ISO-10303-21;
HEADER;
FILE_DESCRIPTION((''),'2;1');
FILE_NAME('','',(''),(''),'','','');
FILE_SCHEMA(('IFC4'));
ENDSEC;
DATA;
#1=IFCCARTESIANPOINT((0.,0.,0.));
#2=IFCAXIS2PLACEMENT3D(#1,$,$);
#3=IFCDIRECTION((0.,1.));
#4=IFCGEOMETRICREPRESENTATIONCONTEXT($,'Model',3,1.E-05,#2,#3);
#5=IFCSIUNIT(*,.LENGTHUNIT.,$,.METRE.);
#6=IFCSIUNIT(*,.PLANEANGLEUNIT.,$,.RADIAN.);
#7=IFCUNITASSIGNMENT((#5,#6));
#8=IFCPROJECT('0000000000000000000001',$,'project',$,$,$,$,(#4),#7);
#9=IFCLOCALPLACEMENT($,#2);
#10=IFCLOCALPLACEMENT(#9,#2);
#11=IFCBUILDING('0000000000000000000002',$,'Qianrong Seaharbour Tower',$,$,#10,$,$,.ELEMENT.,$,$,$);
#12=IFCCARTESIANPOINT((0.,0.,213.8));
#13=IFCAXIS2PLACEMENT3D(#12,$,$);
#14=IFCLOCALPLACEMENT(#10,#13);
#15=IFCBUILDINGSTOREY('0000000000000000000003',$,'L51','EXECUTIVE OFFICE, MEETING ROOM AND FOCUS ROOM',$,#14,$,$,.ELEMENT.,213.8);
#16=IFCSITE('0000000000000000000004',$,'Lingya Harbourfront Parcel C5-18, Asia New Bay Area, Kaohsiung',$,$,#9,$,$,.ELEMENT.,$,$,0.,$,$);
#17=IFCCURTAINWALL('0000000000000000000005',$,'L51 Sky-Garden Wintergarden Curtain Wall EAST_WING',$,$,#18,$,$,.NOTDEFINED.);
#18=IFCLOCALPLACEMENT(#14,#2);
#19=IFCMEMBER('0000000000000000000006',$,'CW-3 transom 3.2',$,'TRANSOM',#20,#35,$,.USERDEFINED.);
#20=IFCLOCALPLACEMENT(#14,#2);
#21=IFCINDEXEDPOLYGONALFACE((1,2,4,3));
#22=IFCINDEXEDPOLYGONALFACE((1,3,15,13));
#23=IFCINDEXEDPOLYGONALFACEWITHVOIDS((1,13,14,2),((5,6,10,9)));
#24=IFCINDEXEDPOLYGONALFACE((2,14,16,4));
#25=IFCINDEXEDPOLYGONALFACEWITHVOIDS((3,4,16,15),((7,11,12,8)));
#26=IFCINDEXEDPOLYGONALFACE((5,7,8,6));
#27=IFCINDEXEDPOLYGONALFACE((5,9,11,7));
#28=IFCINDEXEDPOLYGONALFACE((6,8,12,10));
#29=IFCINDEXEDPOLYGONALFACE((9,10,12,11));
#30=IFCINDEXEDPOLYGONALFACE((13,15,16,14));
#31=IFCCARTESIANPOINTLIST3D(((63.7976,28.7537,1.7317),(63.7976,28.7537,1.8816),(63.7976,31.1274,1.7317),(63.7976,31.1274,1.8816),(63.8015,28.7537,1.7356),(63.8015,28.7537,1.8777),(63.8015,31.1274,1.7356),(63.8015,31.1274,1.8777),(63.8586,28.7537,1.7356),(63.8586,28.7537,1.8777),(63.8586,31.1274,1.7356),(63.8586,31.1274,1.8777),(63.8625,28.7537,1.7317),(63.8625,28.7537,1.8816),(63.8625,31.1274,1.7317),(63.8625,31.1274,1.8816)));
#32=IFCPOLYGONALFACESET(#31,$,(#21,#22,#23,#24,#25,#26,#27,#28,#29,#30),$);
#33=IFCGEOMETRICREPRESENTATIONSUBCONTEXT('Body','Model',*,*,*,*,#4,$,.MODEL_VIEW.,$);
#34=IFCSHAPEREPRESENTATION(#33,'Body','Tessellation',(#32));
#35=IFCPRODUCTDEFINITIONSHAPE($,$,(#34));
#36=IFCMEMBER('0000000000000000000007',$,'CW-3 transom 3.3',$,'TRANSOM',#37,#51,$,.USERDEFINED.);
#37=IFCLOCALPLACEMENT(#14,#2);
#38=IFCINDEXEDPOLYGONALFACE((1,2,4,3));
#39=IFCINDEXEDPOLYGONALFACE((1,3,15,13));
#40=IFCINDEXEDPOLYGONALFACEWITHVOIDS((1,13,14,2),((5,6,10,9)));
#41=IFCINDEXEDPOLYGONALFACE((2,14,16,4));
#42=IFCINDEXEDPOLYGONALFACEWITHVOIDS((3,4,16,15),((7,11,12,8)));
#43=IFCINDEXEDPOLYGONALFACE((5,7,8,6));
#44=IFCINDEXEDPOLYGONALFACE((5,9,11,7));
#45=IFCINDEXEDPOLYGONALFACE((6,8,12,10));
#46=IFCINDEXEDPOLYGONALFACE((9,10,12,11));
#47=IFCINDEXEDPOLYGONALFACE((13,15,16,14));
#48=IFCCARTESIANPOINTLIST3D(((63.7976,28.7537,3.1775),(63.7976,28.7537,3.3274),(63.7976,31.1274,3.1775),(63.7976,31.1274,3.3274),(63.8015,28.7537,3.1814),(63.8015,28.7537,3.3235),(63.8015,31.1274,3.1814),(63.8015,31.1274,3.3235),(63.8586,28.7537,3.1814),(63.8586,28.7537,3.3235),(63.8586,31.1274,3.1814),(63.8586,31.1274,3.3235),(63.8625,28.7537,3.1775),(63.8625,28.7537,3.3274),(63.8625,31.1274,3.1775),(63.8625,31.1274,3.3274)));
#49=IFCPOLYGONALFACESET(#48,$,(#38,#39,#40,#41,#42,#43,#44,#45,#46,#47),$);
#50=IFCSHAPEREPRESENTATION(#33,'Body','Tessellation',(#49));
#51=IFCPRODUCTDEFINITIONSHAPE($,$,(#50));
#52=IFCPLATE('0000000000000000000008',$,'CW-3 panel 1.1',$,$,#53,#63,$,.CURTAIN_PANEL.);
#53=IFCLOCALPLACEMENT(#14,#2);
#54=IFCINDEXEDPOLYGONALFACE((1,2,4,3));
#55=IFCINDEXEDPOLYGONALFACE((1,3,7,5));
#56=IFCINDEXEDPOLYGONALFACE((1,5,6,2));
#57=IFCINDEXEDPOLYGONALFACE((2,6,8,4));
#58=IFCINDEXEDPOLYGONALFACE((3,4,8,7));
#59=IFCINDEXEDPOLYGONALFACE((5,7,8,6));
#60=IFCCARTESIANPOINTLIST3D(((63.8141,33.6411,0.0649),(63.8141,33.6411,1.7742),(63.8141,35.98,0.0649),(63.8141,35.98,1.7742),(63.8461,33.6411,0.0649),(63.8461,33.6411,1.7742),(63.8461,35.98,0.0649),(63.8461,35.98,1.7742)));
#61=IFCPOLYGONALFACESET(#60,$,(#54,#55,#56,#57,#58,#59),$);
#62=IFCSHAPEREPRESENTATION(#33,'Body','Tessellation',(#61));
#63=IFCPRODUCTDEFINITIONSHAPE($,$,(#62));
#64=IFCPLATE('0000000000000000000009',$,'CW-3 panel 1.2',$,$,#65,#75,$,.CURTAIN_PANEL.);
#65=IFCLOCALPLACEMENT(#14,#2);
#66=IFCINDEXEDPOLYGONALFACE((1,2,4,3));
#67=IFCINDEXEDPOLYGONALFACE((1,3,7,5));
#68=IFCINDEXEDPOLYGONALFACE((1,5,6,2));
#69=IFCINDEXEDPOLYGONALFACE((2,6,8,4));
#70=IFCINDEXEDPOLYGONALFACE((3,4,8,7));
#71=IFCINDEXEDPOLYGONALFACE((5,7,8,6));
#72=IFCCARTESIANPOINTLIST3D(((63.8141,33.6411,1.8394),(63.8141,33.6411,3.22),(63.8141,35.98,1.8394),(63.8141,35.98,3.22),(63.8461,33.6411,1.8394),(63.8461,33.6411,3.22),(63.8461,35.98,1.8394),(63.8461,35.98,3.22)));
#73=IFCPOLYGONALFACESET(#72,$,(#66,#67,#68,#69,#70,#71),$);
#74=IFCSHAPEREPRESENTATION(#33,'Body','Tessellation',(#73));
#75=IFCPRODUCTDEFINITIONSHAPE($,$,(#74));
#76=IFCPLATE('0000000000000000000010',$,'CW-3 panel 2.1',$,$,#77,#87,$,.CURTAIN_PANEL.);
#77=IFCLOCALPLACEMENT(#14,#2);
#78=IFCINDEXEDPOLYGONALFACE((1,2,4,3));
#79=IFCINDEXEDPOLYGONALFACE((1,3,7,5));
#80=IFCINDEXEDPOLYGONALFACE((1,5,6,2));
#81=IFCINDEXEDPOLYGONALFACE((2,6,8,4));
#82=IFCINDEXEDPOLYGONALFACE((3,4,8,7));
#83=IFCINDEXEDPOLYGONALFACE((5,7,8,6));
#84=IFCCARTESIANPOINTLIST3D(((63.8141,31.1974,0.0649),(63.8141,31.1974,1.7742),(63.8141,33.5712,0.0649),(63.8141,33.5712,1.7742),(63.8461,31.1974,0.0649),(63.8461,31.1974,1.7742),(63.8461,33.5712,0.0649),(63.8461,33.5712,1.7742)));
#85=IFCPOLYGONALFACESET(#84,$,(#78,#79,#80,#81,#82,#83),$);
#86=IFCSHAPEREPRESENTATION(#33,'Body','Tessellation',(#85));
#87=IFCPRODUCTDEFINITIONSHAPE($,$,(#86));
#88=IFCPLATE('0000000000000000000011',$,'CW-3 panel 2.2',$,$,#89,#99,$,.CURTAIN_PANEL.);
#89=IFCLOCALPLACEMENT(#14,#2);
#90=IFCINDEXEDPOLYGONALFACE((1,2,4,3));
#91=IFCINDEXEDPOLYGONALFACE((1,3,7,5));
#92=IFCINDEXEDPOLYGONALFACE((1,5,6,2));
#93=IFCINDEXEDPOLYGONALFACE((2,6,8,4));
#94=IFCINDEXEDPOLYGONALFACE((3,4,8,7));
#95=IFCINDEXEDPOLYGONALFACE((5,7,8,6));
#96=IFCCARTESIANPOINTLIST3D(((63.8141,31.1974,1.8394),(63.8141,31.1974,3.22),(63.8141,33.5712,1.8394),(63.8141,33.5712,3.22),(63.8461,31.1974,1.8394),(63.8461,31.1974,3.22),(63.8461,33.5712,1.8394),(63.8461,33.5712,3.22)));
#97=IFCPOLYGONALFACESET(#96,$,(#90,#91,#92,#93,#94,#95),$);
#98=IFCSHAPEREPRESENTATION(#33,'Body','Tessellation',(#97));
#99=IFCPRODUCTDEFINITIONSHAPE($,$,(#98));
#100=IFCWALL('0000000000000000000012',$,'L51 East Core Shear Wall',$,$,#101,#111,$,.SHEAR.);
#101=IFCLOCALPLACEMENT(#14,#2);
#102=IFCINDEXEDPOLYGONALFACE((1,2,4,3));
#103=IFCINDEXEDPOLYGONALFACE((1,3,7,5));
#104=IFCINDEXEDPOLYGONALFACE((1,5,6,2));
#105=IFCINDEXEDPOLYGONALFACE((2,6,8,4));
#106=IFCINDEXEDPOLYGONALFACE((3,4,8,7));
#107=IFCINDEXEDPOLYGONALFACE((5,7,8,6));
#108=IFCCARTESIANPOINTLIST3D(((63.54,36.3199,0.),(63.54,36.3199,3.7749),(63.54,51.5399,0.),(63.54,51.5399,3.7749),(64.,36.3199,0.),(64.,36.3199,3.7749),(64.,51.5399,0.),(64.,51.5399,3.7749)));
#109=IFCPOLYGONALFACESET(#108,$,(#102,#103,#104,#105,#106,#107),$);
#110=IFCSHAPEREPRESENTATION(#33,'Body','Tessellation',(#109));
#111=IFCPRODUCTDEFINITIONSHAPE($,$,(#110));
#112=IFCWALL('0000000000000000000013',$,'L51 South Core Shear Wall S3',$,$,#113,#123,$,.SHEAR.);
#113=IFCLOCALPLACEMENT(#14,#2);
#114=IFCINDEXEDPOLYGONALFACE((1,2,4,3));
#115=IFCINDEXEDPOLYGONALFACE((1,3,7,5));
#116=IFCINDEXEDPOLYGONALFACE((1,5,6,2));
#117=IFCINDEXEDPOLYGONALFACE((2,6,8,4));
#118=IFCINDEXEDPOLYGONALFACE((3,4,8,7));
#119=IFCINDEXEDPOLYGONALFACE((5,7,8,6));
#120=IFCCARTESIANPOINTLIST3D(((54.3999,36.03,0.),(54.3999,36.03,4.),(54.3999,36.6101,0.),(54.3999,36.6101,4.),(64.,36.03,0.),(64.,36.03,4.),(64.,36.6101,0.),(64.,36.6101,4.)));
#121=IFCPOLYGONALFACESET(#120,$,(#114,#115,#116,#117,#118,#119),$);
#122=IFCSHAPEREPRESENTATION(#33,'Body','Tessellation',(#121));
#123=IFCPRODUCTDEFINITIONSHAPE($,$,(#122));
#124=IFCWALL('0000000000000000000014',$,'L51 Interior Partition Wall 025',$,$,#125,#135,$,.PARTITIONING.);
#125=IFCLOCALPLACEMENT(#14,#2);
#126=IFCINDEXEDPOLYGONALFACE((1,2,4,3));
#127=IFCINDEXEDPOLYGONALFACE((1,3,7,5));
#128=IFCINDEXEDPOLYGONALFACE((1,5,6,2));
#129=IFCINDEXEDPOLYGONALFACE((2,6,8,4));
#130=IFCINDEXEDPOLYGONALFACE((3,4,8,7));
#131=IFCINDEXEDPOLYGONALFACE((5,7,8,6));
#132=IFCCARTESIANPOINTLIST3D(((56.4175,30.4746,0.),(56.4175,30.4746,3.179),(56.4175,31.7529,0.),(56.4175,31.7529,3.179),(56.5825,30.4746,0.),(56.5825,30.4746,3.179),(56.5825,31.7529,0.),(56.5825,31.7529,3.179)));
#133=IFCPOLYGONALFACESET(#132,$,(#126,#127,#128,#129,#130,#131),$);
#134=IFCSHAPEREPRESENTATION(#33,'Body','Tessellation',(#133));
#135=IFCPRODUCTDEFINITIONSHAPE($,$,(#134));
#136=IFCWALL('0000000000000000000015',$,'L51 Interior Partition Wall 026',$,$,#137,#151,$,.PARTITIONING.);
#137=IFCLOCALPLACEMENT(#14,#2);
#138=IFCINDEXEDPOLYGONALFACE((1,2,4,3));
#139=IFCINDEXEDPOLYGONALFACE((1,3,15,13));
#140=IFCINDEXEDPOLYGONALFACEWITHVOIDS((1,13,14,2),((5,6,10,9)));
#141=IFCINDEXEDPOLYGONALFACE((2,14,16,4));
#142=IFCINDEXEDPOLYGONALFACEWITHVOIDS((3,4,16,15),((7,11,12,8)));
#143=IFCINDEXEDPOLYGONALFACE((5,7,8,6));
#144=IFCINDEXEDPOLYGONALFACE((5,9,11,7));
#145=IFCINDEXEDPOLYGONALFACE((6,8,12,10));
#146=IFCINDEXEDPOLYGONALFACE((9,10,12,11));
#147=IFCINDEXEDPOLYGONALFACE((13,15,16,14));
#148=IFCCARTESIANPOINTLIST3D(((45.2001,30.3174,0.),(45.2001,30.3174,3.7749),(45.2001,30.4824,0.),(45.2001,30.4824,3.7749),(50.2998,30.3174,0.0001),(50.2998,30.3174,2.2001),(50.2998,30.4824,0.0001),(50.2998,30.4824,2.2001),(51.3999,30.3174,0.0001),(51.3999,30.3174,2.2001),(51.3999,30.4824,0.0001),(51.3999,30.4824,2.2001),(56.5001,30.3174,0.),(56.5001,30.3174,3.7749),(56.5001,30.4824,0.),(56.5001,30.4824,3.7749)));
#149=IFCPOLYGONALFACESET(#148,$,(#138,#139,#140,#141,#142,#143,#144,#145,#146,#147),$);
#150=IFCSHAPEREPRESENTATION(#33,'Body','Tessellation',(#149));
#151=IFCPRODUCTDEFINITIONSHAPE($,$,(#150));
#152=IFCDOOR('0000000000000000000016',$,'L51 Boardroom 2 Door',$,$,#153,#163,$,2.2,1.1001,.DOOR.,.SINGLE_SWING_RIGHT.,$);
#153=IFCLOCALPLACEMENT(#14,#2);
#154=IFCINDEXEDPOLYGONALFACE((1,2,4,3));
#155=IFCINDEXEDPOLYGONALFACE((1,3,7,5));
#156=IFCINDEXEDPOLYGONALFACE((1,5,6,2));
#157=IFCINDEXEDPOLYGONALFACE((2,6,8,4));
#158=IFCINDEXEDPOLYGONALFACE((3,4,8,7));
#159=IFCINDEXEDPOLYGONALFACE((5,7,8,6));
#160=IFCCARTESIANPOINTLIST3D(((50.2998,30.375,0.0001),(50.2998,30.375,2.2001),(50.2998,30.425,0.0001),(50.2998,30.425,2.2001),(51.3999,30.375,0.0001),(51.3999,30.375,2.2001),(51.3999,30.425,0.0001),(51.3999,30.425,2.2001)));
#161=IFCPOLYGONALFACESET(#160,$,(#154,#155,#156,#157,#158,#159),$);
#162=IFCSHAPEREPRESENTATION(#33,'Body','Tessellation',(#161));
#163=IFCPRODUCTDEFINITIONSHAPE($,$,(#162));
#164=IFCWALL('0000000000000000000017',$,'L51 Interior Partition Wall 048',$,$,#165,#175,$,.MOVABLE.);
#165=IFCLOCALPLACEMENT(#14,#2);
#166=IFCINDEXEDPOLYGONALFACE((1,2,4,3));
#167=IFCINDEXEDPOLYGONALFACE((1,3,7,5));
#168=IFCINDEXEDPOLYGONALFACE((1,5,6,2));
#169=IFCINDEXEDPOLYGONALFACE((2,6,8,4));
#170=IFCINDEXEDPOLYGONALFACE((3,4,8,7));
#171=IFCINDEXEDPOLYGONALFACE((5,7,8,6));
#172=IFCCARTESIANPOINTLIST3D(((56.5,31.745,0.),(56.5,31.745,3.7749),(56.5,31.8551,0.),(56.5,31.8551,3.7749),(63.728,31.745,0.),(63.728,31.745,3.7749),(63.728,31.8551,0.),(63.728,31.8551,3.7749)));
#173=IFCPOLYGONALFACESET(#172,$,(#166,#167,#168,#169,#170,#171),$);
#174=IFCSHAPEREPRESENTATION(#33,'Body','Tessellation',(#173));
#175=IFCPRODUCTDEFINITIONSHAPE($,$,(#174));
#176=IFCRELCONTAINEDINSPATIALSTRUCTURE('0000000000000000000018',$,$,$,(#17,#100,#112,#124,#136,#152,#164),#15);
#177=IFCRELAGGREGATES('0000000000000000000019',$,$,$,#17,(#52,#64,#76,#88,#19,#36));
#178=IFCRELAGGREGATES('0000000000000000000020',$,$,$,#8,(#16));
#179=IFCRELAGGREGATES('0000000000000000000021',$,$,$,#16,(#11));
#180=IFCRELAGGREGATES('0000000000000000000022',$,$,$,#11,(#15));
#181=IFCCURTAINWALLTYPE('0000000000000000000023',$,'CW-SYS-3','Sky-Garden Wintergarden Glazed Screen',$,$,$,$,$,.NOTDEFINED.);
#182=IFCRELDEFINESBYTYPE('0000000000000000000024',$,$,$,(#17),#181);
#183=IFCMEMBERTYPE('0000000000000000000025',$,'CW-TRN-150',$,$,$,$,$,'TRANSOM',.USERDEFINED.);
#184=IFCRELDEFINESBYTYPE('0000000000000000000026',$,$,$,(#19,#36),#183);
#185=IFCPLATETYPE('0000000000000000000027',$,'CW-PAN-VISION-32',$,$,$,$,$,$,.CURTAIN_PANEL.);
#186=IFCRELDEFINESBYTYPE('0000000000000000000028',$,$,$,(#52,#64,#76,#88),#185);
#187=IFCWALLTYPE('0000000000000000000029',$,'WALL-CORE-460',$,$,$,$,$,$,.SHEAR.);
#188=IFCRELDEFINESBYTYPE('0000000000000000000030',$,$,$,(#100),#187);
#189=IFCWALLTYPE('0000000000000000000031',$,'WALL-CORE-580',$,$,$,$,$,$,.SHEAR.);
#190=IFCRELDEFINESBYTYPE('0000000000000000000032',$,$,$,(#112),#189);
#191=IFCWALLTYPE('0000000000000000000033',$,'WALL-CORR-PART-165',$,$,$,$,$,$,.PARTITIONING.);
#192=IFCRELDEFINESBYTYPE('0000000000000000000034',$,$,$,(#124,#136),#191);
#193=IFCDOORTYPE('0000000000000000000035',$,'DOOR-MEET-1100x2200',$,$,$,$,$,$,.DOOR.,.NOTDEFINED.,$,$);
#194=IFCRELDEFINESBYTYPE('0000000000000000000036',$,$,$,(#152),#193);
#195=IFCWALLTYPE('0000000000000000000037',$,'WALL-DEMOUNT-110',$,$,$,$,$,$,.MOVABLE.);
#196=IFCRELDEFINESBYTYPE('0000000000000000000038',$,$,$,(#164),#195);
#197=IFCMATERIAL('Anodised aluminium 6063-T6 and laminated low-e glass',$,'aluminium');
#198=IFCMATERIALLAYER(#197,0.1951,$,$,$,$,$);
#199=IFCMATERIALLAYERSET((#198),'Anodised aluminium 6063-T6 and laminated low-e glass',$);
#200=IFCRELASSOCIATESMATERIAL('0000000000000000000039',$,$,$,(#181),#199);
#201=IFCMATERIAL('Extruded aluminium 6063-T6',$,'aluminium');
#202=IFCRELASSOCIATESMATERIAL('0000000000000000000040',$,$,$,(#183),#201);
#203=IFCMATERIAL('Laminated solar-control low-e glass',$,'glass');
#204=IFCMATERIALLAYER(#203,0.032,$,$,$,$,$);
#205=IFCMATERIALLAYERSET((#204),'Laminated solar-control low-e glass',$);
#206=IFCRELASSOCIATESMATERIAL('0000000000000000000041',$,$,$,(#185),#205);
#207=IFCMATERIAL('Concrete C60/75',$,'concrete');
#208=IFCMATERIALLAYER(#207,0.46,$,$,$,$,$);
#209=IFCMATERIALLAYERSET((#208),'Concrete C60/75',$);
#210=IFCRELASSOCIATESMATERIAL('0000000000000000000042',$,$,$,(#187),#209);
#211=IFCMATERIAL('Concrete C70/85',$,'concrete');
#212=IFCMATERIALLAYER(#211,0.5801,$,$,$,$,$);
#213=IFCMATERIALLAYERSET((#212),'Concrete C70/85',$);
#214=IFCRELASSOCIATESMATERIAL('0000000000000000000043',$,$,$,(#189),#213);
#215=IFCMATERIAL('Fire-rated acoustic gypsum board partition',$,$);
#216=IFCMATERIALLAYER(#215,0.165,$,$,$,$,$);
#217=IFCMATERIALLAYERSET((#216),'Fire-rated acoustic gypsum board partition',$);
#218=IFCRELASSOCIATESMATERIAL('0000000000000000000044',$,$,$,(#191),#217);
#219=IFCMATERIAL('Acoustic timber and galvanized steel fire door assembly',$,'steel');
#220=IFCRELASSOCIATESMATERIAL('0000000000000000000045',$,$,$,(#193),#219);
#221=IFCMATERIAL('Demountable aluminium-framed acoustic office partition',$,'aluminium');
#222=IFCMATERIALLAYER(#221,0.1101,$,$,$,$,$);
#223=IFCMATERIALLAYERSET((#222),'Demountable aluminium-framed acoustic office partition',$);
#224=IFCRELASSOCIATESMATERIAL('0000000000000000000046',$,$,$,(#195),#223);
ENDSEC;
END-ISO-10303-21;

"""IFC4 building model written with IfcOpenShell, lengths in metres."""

from ifc_helpers import new_model, si_unit, direction, frame, frame_2d, origin, origin_2d, place, context, subcontext, project, spatial, rectangle, hollow_rectangle, extrude, material, layer, layer_set, material_profile, profile_set, type_object, element, fill, aggregate, save


model = new_model("IFC4")

# Units and contexts
model_context = context("Model", 3, precision=1e-05, world=origin(), true_north=direction((0.0, 1.0)))
body_context = subcontext(model_context, "Body", "Model", "MODEL_VIEW")
ifc_project = project(units=[si_unit("LENGTHUNIT", "METRE"), si_unit("PLANEANGLEUNIT", "RADIAN")], contexts=[model_context])

# Site, building, storey
site_placement = place(None, origin())
site = spatial("IfcSite", under=ifc_project, at=site_placement, Name="Lingya Harbourfront Parcel C5-18, Asia New Bay Area, Kaohsiung", CompositionType="ELEMENT", RefElevation=0.0)
building_placement = place(site_placement, origin())
building = spatial("IfcBuilding", under=site, at=building_placement, Name="Qianrong Seaharbour Tower", CompositionType="ELEMENT")
storey_placement = place(building_placement, frame((0.0, 0.0, 213.8)))
storey = spatial("IfcBuildingStorey", under=building, at=storey_placement, Name="L51", Description="EXECUTIVE OFFICE, MEETING ROOM AND FOCUS ROOM", CompositionType="ELEMENT", Elevation=213.8)

# Shared definitions
ifc_material_1 = material(Name="Concrete C60/75", Category="concrete")

# Curtain wall, members, plates
ifc_material_2 = material(Name="Anodised aluminium 6063-T6 and laminated low-e glass", Category="aluminium")
ifc_layer_1 = layer(ifc_material_2, 0.1951)
ifc_layer_set_1 = layer_set([ifc_layer_1], Name="Anodised aluminium 6063-T6 and laminated low-e glass")
curtain_wall_type = type_object("IfcCurtainWallType", Name="CW-SYS-3", Description="Sky-Garden Wintergarden Glazed Screen", PredefinedType="NOTDEFINED", material=ifc_layer_set_1)
curtain_wall_placement = place(storey_placement, origin())
curtain_wall = element("IfcCurtainWall", 1, at=curtain_wall_placement, inside=storey, type_object=curtain_wall_type, Name="L51 Sky-Garden Wintergarden Curtain Wall EAST_WING", PredefinedType="NOTDEFINED")
ifc_material_3 = material(Name="Extruded aluminium 6063-T6", Category="aluminium")
ifc_material_profile_1 = material_profile(ifc_material_3, hollow_rectangle(XDim=0.0649, YDim=0.1499, WallThickness=0.0039, at=origin_2d()), Name="ALU-TRN-150x65x4")
ifc_profile_set_1 = profile_set([ifc_material_profile_1], Name="Extruded aluminium 6063-T6")
member_type_1 = type_object("IfcMemberType", Name="CW-TRN-150", ElementType="TRANSOM", PredefinedType="USERDEFINED", material=ifc_profile_set_1)
member_1_placement = place(storey_placement, frame((63.8301, 31.1274, 1.8066), z_axis=(0.0, -1.0, 0.0), x_axis=(1.0, 0.0, 0.0)))
member_1 = element("IfcMember", 2, at=member_1_placement, type_object=member_type_1, Name="CW-3 transom 3.2", ObjectType="TRANSOM", PredefinedType="USERDEFINED", context=body_context, shape_type="SweptSolid", body=[
    extrude(hollow_rectangle(XDim=0.0649, YDim=0.1499, WallThickness=0.0039, at=origin_2d()), origin(), (0.0, 0.0, 1.0), 2.3738),
])
member_2_placement = place(storey_placement, frame((63.8301, 31.1274, 3.2524), z_axis=(0.0, -1.0, 0.0), x_axis=(1.0, 0.0, 0.0)))
member_2 = element("IfcMember", 3, at=member_2_placement, type_object=member_type_1, Name="CW-3 transom 3.3", ObjectType="TRANSOM", PredefinedType="USERDEFINED", context=body_context, shape_type="SweptSolid", body=[
    extrude(hollow_rectangle(XDim=0.0649, YDim=0.1499, WallThickness=0.0039, at=origin_2d()), origin(), (0.0, 0.0, 1.0), 2.3738),
])
ifc_material_4 = material(Name="Laminated solar-control low-e glass", Category="glass")
ifc_layer_2 = layer(ifc_material_4, 0.032)
ifc_layer_set_2 = layer_set([ifc_layer_2], Name="Laminated solar-control low-e glass")
plate_type = type_object("IfcPlateType", Name="CW-PAN-VISION-32", PredefinedType="CURTAIN_PANEL", material=ifc_layer_set_2)
plate_1_placement = place(storey_placement, frame((63.8301, 34.8105, 0.0649), z_axis=(0.0, 0.0, 1.0), x_axis=(0.0, -1.0, 0.0)))
plate_1 = element("IfcPlate", 4, at=plate_1_placement, type_object=plate_type, Name="CW-3 panel 1.1", PredefinedType="CURTAIN_PANEL", context=body_context, shape_type="SweptSolid", body=[
    extrude(rectangle(XDim=2.3389, YDim=0.032, at=origin_2d()), origin(), (0.0, 0.0, 1.0), 1.7092),
])
plate_2_placement = place(storey_placement, frame((63.8301, 34.8105, 1.8394), z_axis=(0.0, 0.0, 1.0), x_axis=(0.0, -1.0, 0.0)))
plate_2 = element("IfcPlate", 5, at=plate_2_placement, type_object=plate_type, Name="CW-3 panel 1.2", PredefinedType="CURTAIN_PANEL", context=body_context, shape_type="SweptSolid", body=[
    extrude(rectangle(XDim=2.3389, YDim=0.032, at=origin_2d()), origin(), (0.0, 0.0, 1.0), 1.3806),
])
plate_3_placement = place(storey_placement, frame((63.8301, 32.3843, 0.0649), z_axis=(0.0, 0.0, 1.0), x_axis=(0.0, -1.0, 0.0)))
plate_3 = element("IfcPlate", 6, at=plate_3_placement, type_object=plate_type, Name="CW-3 panel 2.1", PredefinedType="CURTAIN_PANEL", context=body_context, shape_type="SweptSolid", body=[
    extrude(rectangle(XDim=2.3738, YDim=0.032, at=origin_2d()), origin(), (0.0, 0.0, 1.0), 1.7092),
])
plate_4_placement = place(storey_placement, frame((63.8301, 32.3843, 1.8394), z_axis=(0.0, 0.0, 1.0), x_axis=(0.0, -1.0, 0.0)))
plate_4 = element("IfcPlate", 7, at=plate_4_placement, type_object=plate_type, Name="CW-3 panel 2.2", PredefinedType="CURTAIN_PANEL", context=body_context, shape_type="SweptSolid", body=[
    extrude(rectangle(XDim=2.3738, YDim=0.032, at=origin_2d()), origin(), (0.0, 0.0, 1.0), 1.3806),
])
aggregate(curtain_wall, [plate_1, plate_2, plate_3, plate_4, member_1, member_2])

# Walls
ifc_layer_3 = layer(ifc_material_1, 0.46)
ifc_layer_set_3 = layer_set([ifc_layer_3], Name="Concrete C60/75")
wall_type_1 = type_object("IfcWallType", Name="WALL-CORE-460", PredefinedType="SHEAR", material=ifc_layer_set_3)
wall_1_placement = place(storey_placement, frame((63.77, 36.3201, 0.0), z_axis=(0.0, 0.0, 1.0), x_axis=(0.0, 1.0, 0.0)))
element("IfcWall", 8, at=wall_1_placement, inside=storey, type_object=wall_type_1, Name="L51 East Core Shear Wall", PredefinedType="SHEAR", context=body_context, shape_type="SweptSolid", body=[
    extrude(rectangle(XDim=15.22, YDim=0.46, at=frame_2d((7.6099, 0.0))), origin(), (0.0, 0.0, 1.0), 3.7749),
])
ifc_material_5 = material(Name="Concrete C70/85", Category="concrete")
ifc_layer_4 = layer(ifc_material_5, 0.5801)
ifc_layer_set_4 = layer_set([ifc_layer_4], Name="Concrete C70/85")
wall_type_2 = type_object("IfcWallType", Name="WALL-CORE-580", PredefinedType="SHEAR", material=ifc_layer_set_4)
wall_2_placement = place(storey_placement, frame((54.3999, 36.3201, 0.0), z_axis=(0.0, 0.0, 1.0), x_axis=(1.0, 0.0, 0.0)))
element("IfcWall", 9, at=wall_2_placement, inside=storey, type_object=wall_type_2, Name="L51 South Core Shear Wall S3", PredefinedType="SHEAR", context=body_context, shape_type="SweptSolid", body=[
    extrude(rectangle(XDim=9.6001, YDim=0.5801, at=frame_2d((4.8, 0.0))), origin(), (0.0, 0.0, 1.0), 4.0),
])

# Shared definitions
ifc_material_6 = material(Name="Fire-rated acoustic gypsum board partition")
ifc_layer_5 = layer(ifc_material_6, 0.165)
ifc_layer_set_5 = layer_set([ifc_layer_5], Name="Fire-rated acoustic gypsum board partition")
wall_type_3 = type_object("IfcWallType", Name="WALL-CORR-PART-165", PredefinedType="PARTITIONING", material=ifc_layer_set_5)
ifc_material_7 = material(Name="Acoustic timber and galvanized steel fire door assembly", Category="steel")

# Wall
wall_3_placement = place(storey_placement, frame((56.5, 31.7529, 0.0), z_axis=(0.0, 0.0, 1.0), x_axis=(0.0, -1.0, 0.0)))
element("IfcWall", 10, at=wall_3_placement, inside=storey, type_object=wall_type_3, Name="L51 Interior Partition Wall 025", PredefinedType="PARTITIONING", context=body_context, shape_type="SweptSolid", body=[
    extrude(rectangle(XDim=1.2783, YDim=0.165, at=frame_2d((0.6392, 0.0))), origin(), (0.0, 0.0, 1.0), 3.179),
])

# Wall, opening, door
wall_4_placement = place(storey_placement, frame((56.5, 30.3999, 0.0), z_axis=(0.0, 0.0, 1.0), x_axis=(-1.0, 0.0, 0.0)))
wall_4 = element("IfcWall", 11, at=wall_4_placement, inside=storey, type_object=wall_type_3, Name="L51 Interior Partition Wall 026", PredefinedType="PARTITIONING", context=body_context, shape_type="SweptSolid", body=[
    extrude(rectangle(XDim=11.3, YDim=0.165, at=frame_2d((5.6499, 0.0))), origin(), (0.0, 0.0, 1.0), 3.7749),
])
opening_1_placement = place(wall_4_placement, frame((5.1001, 0.0, 0.0)))
opening_1 = element("IfcOpeningElement", 12, at=opening_1_placement, cuts=wall_4, PredefinedType="OPENING", context=body_context, shape_type="SweptSolid", body=[
    extrude(rectangle(XDim=1.1001, YDim=2.2, at=frame_2d((0.55, 1.1001))), frame((0.0, 0.0925, 0.0), z_axis=(0.0, -1.0, 0.0), x_axis=(1.0, 0.0, 0.0)), (0.0, 0.0, 1.0), 0.1851),
])
door_type_1 = type_object("IfcDoorType", Name="DOOR-MEET-1100x2200", OperationType="NOTDEFINED", PredefinedType="DOOR", material=ifc_material_7)
door_1_placement = place(opening_1_placement, origin())
door_1 = element("IfcDoor", 13, at=door_1_placement, inside=storey, type_object=door_type_1, Name="L51 Boardroom 2 Door", OperationType="SINGLE_SWING_RIGHT", OverallHeight=2.2, OverallWidth=1.1001, PredefinedType="DOOR", context=body_context, shape_type="SweptSolid", body=[
    extrude(rectangle(XDim=1.1001, YDim=2.2, at=frame_2d((0.55, 1.1001))), frame((0.0, 0.0249, 0.0), z_axis=(0.0, -1.0, 0.0), x_axis=(1.0, 0.0, 0.0)), (0.0, 0.0, 1.0), 0.05),
])
fill(opening_1, door_1)

# Wall
ifc_material_8 = material(Name="Demountable aluminium-framed acoustic office partition", Category="aluminium")
ifc_layer_6 = layer(ifc_material_8, 0.1101)
ifc_layer_set_6 = layer_set([ifc_layer_6], Name="Demountable aluminium-framed acoustic office partition")
wall_type_4 = type_object("IfcWallType", Name="WALL-DEMOUNT-110", PredefinedType="MOVABLE", material=ifc_layer_set_6)
wall_5_placement = place(storey_placement, frame((56.5, 31.8, 0.0), z_axis=(0.0, 0.0, 1.0), x_axis=(1.0, 0.0, 0.0)))
element("IfcWall", 14, at=wall_5_placement, inside=storey, type_object=wall_type_4, Name="L51 Interior Partition Wall 048", PredefinedType="MOVABLE", context=body_context, shape_type="SweptSolid", body=[
    extrude(rectangle(XDim=7.228, YDim=0.1101, at=frame_2d((3.614, 0.0))), origin(), (0.0, 0.0, 1.0), 3.7749),
])

save(model, "model.ifc")
